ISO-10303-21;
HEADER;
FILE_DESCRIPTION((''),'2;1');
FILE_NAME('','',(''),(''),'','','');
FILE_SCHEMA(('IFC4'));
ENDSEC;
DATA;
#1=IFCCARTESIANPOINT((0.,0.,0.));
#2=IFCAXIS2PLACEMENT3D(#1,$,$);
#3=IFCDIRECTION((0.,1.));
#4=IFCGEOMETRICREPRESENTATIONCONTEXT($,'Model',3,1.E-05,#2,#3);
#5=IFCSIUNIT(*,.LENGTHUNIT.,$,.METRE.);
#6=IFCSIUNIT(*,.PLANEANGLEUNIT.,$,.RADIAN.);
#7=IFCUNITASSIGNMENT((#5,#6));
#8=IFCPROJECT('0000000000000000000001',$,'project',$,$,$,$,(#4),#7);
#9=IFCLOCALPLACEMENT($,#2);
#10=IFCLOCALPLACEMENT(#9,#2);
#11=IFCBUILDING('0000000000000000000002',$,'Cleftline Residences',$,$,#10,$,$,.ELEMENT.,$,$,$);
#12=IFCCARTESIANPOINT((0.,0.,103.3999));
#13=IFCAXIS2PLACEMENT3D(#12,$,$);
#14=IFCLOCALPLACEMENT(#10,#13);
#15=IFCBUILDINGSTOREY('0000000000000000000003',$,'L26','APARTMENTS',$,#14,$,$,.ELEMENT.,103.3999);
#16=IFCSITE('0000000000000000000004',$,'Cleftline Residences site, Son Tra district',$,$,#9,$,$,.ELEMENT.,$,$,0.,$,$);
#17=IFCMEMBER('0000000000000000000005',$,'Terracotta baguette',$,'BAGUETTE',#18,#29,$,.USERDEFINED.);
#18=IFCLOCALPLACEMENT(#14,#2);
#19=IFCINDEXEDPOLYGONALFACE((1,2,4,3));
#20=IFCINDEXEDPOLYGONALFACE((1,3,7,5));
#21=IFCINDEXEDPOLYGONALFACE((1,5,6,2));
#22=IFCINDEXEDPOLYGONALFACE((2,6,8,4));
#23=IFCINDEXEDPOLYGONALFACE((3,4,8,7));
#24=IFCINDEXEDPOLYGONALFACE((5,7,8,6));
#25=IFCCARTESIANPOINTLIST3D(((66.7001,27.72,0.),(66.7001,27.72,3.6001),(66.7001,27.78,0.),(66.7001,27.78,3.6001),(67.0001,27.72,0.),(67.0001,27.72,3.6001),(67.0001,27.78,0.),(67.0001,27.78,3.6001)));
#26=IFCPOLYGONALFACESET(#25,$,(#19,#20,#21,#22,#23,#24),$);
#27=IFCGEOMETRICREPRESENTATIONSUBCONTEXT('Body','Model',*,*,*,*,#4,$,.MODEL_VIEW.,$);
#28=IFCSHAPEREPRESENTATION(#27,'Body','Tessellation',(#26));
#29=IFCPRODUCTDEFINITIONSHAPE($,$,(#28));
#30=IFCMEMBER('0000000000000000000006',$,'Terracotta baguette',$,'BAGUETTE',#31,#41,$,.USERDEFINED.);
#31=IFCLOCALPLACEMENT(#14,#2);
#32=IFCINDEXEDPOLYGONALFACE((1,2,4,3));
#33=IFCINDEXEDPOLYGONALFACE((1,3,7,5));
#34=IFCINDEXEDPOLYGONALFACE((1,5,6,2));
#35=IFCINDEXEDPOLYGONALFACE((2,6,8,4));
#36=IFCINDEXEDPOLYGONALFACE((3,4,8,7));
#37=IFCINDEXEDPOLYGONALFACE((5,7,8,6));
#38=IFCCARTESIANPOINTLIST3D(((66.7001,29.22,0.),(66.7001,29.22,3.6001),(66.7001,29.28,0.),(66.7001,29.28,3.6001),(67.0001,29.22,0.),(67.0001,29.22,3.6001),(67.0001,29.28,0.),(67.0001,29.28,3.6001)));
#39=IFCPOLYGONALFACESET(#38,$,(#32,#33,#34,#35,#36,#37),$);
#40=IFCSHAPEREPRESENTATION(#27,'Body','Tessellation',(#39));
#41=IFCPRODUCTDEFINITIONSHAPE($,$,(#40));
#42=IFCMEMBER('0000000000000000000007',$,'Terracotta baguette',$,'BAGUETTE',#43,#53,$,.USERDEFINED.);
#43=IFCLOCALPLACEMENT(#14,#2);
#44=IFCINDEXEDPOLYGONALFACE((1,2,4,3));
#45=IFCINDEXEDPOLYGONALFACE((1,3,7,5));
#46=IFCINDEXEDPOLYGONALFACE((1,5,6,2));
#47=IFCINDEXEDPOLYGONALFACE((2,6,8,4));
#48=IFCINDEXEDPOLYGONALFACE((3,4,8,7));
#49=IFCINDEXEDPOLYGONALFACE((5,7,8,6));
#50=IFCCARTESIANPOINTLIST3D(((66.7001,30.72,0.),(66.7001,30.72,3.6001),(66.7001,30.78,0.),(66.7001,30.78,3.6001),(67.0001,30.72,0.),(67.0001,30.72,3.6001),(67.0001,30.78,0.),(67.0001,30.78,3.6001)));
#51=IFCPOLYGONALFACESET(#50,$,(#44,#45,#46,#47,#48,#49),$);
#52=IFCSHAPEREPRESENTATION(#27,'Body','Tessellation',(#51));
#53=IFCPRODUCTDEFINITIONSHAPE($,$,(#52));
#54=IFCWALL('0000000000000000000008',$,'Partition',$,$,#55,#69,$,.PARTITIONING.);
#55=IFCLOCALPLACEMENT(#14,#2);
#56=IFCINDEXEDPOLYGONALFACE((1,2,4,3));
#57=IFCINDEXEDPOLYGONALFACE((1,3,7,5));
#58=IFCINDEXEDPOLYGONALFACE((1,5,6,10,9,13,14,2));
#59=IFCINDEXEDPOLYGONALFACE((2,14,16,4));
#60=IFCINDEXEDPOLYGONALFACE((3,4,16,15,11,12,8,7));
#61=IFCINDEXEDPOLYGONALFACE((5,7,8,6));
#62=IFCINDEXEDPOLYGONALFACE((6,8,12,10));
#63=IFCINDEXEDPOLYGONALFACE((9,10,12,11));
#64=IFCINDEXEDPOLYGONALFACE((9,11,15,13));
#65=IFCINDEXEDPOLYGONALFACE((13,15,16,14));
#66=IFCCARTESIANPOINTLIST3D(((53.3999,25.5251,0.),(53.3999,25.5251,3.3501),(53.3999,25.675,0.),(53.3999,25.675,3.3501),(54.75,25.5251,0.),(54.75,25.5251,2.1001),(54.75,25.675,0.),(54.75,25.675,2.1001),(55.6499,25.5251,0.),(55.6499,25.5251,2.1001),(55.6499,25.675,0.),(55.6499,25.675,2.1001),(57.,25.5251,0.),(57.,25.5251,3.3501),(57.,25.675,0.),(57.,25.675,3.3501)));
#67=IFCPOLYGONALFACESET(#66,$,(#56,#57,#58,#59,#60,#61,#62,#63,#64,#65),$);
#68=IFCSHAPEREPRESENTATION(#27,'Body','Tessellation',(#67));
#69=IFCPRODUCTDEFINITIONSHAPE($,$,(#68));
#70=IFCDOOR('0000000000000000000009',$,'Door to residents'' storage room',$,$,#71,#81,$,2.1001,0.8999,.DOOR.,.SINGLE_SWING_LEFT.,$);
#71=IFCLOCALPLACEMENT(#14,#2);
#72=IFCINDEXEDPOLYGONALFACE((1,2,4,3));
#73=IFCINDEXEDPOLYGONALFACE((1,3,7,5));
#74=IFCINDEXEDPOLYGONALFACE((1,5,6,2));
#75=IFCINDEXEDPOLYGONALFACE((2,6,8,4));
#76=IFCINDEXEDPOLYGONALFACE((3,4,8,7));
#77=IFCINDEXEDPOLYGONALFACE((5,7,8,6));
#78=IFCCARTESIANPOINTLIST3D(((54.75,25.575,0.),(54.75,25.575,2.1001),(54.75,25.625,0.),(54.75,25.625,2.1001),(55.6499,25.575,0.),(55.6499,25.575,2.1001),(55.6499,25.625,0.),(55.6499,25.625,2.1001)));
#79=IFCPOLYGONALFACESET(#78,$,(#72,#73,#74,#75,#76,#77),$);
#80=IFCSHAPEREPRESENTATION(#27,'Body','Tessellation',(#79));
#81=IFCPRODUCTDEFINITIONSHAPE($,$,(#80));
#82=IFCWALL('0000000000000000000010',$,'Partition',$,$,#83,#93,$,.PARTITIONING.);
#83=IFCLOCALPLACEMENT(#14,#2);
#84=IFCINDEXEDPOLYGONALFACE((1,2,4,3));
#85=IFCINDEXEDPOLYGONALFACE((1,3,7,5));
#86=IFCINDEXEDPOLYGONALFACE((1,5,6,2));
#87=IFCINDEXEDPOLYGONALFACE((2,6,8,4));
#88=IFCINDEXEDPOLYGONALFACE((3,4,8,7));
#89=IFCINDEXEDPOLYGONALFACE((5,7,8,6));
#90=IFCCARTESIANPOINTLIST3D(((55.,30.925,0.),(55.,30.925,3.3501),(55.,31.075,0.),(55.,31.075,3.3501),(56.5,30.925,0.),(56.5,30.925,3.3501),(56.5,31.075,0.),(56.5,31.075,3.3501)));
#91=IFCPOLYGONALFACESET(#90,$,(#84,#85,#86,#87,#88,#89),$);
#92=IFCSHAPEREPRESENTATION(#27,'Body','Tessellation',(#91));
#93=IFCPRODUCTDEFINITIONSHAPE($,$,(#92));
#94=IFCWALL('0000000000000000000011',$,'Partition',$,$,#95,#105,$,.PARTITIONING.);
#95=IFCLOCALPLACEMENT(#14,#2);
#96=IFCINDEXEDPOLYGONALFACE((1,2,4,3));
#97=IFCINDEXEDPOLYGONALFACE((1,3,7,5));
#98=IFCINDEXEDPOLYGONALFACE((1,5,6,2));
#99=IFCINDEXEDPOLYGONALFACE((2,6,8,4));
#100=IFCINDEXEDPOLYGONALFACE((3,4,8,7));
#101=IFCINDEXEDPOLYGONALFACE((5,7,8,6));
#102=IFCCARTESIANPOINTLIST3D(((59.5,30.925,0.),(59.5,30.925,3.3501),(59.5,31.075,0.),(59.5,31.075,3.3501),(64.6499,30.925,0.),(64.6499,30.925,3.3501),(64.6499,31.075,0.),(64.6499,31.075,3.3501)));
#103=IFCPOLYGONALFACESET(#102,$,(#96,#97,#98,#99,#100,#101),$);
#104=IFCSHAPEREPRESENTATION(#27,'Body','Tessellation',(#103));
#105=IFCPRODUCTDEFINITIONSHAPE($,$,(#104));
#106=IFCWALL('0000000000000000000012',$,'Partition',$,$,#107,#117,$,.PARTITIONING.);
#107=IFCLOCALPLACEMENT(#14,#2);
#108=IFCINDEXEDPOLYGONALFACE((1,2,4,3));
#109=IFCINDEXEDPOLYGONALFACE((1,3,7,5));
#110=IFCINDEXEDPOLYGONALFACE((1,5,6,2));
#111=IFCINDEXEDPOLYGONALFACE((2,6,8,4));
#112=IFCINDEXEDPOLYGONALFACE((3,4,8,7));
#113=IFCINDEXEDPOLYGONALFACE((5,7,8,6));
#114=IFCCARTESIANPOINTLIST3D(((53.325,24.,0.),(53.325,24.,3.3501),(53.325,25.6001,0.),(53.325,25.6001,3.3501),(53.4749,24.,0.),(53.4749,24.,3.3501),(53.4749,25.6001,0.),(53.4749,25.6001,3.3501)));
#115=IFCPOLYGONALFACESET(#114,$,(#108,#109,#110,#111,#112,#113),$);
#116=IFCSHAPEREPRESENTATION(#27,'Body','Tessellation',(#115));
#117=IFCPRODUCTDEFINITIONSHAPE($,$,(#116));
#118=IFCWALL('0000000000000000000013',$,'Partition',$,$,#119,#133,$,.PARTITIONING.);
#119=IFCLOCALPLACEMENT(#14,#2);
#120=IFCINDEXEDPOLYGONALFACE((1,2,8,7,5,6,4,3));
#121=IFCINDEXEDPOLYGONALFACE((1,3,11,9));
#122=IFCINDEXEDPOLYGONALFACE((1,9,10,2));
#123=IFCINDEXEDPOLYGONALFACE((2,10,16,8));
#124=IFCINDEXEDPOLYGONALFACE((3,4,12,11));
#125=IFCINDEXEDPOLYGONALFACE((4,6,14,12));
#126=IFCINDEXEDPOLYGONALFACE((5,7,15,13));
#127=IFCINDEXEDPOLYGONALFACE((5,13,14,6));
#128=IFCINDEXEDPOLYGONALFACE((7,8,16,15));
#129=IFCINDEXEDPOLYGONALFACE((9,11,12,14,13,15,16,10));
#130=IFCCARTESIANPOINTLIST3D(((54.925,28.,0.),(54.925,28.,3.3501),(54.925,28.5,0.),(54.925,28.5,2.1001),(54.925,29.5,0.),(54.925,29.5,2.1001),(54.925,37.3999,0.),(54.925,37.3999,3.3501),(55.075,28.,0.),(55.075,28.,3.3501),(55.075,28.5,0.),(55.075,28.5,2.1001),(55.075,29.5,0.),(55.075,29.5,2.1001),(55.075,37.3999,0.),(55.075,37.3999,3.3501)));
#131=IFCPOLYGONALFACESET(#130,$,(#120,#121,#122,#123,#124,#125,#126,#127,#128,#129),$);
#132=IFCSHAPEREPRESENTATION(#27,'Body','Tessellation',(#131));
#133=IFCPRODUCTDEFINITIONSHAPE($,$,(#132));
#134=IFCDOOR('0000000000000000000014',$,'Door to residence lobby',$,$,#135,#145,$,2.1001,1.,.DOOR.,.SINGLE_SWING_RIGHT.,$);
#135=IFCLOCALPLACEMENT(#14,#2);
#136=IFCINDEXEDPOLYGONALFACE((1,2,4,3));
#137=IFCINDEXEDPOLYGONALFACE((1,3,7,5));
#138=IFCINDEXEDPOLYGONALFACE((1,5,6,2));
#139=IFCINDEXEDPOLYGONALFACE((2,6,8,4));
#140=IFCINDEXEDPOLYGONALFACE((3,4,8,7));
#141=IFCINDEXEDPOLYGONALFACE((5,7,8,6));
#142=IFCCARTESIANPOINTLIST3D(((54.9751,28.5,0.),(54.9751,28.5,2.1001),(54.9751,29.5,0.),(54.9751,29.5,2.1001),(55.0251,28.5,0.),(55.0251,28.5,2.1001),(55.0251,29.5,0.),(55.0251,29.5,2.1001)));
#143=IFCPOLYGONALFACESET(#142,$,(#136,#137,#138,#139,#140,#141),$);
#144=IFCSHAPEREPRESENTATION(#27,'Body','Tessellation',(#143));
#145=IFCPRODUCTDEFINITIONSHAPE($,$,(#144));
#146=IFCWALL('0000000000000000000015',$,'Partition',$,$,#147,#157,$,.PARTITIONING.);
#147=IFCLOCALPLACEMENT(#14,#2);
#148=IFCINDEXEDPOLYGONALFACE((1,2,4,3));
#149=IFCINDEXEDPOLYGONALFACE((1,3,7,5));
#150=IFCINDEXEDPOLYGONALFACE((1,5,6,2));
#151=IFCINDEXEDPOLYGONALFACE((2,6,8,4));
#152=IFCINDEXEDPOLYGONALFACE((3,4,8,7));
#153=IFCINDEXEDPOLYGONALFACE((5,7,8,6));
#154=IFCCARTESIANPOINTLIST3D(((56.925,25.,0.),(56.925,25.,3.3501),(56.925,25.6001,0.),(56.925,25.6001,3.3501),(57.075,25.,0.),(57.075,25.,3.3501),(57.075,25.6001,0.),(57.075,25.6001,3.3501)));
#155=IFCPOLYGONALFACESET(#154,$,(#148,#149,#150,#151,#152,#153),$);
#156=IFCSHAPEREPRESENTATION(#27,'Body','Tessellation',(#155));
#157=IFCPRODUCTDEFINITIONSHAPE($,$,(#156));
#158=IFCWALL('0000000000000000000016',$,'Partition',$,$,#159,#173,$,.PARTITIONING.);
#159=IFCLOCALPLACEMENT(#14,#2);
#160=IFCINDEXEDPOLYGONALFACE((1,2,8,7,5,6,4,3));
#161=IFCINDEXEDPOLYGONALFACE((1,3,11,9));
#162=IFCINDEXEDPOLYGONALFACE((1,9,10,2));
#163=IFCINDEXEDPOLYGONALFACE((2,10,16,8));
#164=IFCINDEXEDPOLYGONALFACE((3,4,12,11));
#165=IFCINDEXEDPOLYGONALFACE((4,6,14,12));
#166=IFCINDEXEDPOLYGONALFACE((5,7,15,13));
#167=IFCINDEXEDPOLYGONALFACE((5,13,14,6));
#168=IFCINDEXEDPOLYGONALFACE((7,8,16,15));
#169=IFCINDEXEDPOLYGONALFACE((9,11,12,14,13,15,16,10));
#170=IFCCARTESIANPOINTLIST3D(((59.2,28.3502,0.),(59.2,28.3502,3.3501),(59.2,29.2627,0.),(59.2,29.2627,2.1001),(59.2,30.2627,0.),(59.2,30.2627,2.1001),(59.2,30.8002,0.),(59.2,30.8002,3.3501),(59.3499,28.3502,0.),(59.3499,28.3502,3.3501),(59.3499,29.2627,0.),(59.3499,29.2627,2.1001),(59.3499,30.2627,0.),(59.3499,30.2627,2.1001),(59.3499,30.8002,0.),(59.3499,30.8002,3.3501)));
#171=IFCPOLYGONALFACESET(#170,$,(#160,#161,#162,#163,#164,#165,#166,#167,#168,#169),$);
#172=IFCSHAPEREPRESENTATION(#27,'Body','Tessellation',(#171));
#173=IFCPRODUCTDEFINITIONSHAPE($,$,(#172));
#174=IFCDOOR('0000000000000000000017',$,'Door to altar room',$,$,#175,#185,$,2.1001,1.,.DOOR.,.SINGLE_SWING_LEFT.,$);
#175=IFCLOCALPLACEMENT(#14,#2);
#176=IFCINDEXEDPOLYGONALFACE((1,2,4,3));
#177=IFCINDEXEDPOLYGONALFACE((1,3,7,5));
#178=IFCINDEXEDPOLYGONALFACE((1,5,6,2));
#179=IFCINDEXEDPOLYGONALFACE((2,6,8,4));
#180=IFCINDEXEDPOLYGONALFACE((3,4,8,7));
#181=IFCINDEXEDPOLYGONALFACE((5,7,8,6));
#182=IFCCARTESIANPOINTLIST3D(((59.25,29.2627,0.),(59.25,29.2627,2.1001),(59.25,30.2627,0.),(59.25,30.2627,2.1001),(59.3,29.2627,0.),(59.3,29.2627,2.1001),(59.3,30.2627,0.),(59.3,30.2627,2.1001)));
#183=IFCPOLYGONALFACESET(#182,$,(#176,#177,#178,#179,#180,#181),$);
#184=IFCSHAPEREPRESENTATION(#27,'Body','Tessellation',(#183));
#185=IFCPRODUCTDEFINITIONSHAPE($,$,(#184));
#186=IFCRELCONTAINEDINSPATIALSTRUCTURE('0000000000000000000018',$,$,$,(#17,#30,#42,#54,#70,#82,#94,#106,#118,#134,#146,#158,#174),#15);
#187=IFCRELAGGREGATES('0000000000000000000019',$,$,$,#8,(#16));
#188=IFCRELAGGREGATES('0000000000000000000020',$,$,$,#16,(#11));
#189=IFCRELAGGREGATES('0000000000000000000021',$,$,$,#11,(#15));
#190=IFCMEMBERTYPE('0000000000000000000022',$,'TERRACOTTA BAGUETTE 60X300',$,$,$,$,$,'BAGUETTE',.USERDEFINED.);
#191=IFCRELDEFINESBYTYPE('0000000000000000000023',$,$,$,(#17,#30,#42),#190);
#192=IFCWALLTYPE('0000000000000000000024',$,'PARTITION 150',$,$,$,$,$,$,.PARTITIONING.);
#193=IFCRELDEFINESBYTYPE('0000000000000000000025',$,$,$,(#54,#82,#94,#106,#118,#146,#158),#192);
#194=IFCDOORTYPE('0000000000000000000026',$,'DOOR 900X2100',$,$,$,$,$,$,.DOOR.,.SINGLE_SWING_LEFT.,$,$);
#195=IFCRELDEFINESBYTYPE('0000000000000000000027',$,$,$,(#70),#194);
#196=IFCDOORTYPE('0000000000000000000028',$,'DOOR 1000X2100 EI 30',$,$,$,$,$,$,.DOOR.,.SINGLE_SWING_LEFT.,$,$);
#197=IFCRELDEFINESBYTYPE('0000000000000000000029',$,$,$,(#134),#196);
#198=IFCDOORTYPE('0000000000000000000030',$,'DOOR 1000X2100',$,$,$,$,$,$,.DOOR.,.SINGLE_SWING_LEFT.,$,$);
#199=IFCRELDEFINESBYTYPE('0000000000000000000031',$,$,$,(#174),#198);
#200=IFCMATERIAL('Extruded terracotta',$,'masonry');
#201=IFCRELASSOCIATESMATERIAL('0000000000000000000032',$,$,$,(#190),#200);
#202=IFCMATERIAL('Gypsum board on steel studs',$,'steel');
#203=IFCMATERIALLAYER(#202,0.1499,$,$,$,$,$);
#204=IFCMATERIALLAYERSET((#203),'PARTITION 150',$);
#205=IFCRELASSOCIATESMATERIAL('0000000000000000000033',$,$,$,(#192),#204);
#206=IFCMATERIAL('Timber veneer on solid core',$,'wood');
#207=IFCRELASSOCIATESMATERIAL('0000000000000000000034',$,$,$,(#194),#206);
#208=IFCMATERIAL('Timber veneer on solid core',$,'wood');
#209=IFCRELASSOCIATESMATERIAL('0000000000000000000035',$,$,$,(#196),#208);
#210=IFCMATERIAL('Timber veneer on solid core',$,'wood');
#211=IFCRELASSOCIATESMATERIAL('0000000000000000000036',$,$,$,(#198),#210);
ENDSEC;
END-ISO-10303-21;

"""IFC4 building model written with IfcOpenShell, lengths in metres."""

from ifc_helpers import new_model, si_unit, direction, frame, frame_2d, origin, origin_2d, place, context, subcontext, project, spatial, rectangle, extrude, material, layer, layer_set, material_profile, profile_set, type_object, element, fill, save


model = new_model("IFC4")

# Units and contexts
model_context = context("Model", 3, precision=1e-05, world=origin(), true_north=direction((0.0, 1.0)))
body_context = subcontext(model_context, "Body", "Model", "MODEL_VIEW")
ifc_project = project(units=[si_unit("LENGTHUNIT", "METRE"), si_unit("PLANEANGLEUNIT", "RADIAN")], contexts=[model_context])

# Site, building, storey
site_placement = place(None, origin())
site = spatial("IfcSite", under=ifc_project, at=site_placement, Name="Cleftline Residences site, Son Tra district", CompositionType="ELEMENT", RefElevation=0.0)
building_placement = place(site_placement, origin())
building = spatial("IfcBuilding", under=site, at=building_placement, Name="Cleftline Residences", CompositionType="ELEMENT")
storey_placement = place(building_placement, frame((0.0, 0.0, 103.3999)))
storey = spatial("IfcBuildingStorey", under=building, at=storey_placement, Name="L26", Description="APARTMENTS", CompositionType="ELEMENT", Elevation=103.3999)

# Members
ifc_material_1 = material(Name="Extruded terracotta", Category="masonry")
ifc_material_profile_1 = material_profile(ifc_material_1, rectangle(XDim=0.0601, YDim=0.3, at=origin_2d()))
ifc_profile_set_1 = profile_set([ifc_material_profile_1], Name="Extruded terracotta")
member_type_1 = type_object("IfcMemberType", Name="TERRACOTTA BAGUETTE 60X300", ElementType="BAGUETTE", PredefinedType="USERDEFINED", material=ifc_profile_set_1)
for number, where, z_axis, x_axis, name in (
    (1, (66.8501, 27.75, 0.0), (0.0, 0.0, 1.0), (0.0, 1.0, 0.0), "Terracotta baguette"),
    (2, (66.8501, 29.25, 0.0), (0.0, 0.0, 1.0), (0.0, 1.0, 0.0), "Terracotta baguette"),
    (3, (66.8501, 30.75, 0.0), (0.0, 0.0, 1.0), (0.0, 1.0, 0.0), "Terracotta baguette"),
):
    element("IfcMember", number, at=place(storey_placement, frame(where, z_axis=z_axis, x_axis=x_axis)), inside=storey, type_object=member_type_1, Name=name, ObjectType="BAGUETTE", PredefinedType="USERDEFINED", context=body_context, shape_type="SweptSolid", body=[
        extrude(rectangle(XDim=0.0601, YDim=0.3, at=origin_2d()), origin(), (0.0, 0.0, 1.0), 3.6001),
    ])

# Wall, opening, door
ifc_material_2 = material(Name="Gypsum board on steel studs", Category="steel")
ifc_layer_1 = layer(ifc_material_2, 0.1499)
ifc_layer_set_1 = layer_set([ifc_layer_1], Name="PARTITION 150")
wall_type_1 = type_object("IfcWallType", Name="PARTITION 150", PredefinedType="PARTITIONING", material=ifc_layer_set_1)
wall_1_placement = place(storey_placement, frame((53.3999, 25.6001, 0.0), z_axis=(0.0, 0.0, 1.0), x_axis=(1.0, 0.0, 0.0)))
wall_1 = element("IfcWall", 4, at=wall_1_placement, inside=storey, type_object=wall_type_1, Name="Partition", PredefinedType="PARTITIONING", context=body_context, shape_type="SweptSolid", body=[
    extrude(rectangle(XDim=3.6001, YDim=0.1499, at=frame_2d((1.8, 0.0))), origin(), (0.0, 0.0, 1.0), 3.3501),
])
opening_1_placement = place(wall_1_placement, frame((1.3501, 0.0, 0.0)))
opening_1 = element("IfcOpeningElement", 5, at=opening_1_placement, cuts=wall_1, PredefinedType="OPENING", context=body_context, shape_type="SweptSolid", body=[
    extrude(rectangle(XDim=0.8999, YDim=2.1001, at=frame_2d((0.45, 1.05))), frame((0.0, 0.085, 0.0), z_axis=(0.0, -1.0, 0.0), x_axis=(1.0, 0.0, 0.0)), (0.0, 0.0, 1.0), 0.1699),
])
ifc_material_3 = material(Name="Timber veneer on solid core", Category="wood")
door_type_1 = type_object("IfcDoorType", Name="DOOR 900X2100", OperationType="SINGLE_SWING_LEFT", PredefinedType="DOOR", material=ifc_material_3)
door_1_placement = place(opening_1_placement, origin())
door_1 = element("IfcDoor", 6, at=door_1_placement, inside=storey, type_object=door_type_1, Name="Door to residents' storage room", OperationType="SINGLE_SWING_LEFT", OverallHeight=2.1001, OverallWidth=0.8999, PredefinedType="DOOR", context=body_context, shape_type="SweptSolid", body=[
    extrude(rectangle(XDim=0.8999, YDim=2.1001, at=frame_2d((0.45, 1.05))), frame((0.0, 0.0249, 0.0), z_axis=(0.0, -1.0, 0.0), x_axis=(1.0, 0.0, 0.0)), (0.0, 0.0, 1.0), 0.05),
])
fill(opening_1, door_1)

# Walls
wall_2_placement = place(storey_placement, frame((55.0, 31.0, 0.0), z_axis=(0.0, 0.0, 1.0), x_axis=(1.0, 0.0, 0.0)))
element("IfcWall", 7, at=wall_2_placement, inside=storey, type_object=wall_type_1, Name="Partition", PredefinedType="PARTITIONING", context=body_context, shape_type="SweptSolid", body=[
    extrude(rectangle(XDim=1.5, YDim=0.1499, at=frame_2d((0.75, 0.0))), origin(), (0.0, 0.0, 1.0), 3.3501),
])
wall_3_placement = place(storey_placement, frame((59.5, 31.0, 0.0), z_axis=(0.0, 0.0, 1.0), x_axis=(1.0, 0.0, 0.0)))
element("IfcWall", 8, at=wall_3_placement, inside=storey, type_object=wall_type_1, Name="Partition", PredefinedType="PARTITIONING", context=body_context, shape_type="SweptSolid", body=[
    extrude(rectangle(XDim=5.1499, YDim=0.1499, at=frame_2d((2.575, 0.0))), origin(), (0.0, 0.0, 1.0), 3.3501),
])
wall_4_placement = place(storey_placement, frame((53.3999, 24.0, 0.0), z_axis=(0.0, 0.0, 1.0), x_axis=(0.0, 1.0, 0.0)))
element("IfcWall", 9, at=wall_4_placement, inside=storey, type_object=wall_type_1, Name="Partition", PredefinedType="PARTITIONING", context=body_context, shape_type="SweptSolid", body=[
    extrude(rectangle(XDim=1.6001, YDim=0.1499, at=frame_2d((0.8, 0.0))), origin(), (0.0, 0.0, 1.0), 3.3501),
])

# Wall, opening, door
wall_5_placement = place(storey_placement, frame((55.0, 28.0, 0.0), z_axis=(0.0, 0.0, 1.0), x_axis=(0.0, 1.0, 0.0)))
wall_5 = element("IfcWall", 10, at=wall_5_placement, inside=storey, type_object=wall_type_1, Name="Partition", PredefinedType="PARTITIONING", context=body_context, shape_type="SweptSolid", body=[
    extrude(rectangle(XDim=9.3999, YDim=0.1499, at=frame_2d((4.7, 0.0))), origin(), (0.0, 0.0, 1.0), 3.3501),
])
opening_2_placement = place(wall_5_placement, frame((0.5, 0.0, 0.0)))
opening_2 = element("IfcOpeningElement", 11, at=opening_2_placement, cuts=wall_5, PredefinedType="OPENING", context=body_context, shape_type="SweptSolid", body=[
    extrude(rectangle(XDim=1.0, YDim=2.1001, at=frame_2d((0.5, 1.05))), frame((0.0, 0.085, 0.0), z_axis=(0.0, -1.0, 0.0), x_axis=(1.0, 0.0, 0.0)), (0.0, 0.0, 1.0), 0.1699),
])
ifc_material_4 = material(Name="Timber veneer on solid core", Category="wood")
door_type_2 = type_object("IfcDoorType", Name="DOOR 1000X2100 EI 30", OperationType="SINGLE_SWING_LEFT", PredefinedType="DOOR", material=ifc_material_4)
door_2_placement = place(opening_2_placement, origin())
door_2 = element("IfcDoor", 12, at=door_2_placement, inside=storey, type_object=door_type_2, Name="Door to residence lobby", OperationType="SINGLE_SWING_RIGHT", OverallHeight=2.1001, OverallWidth=1.0, PredefinedType="DOOR", context=body_context, shape_type="SweptSolid", body=[
    extrude(rectangle(XDim=1.0, YDim=2.1001, at=frame_2d((0.5, 1.05))), frame((0.0, 0.0249, 0.0), z_axis=(0.0, -1.0, 0.0), x_axis=(1.0, 0.0, 0.0)), (0.0, 0.0, 1.0), 0.05),
])
fill(opening_2, door_2)

# Wall
wall_6_placement = place(storey_placement, frame((57.0, 25.0, 0.0), z_axis=(0.0, 0.0, 1.0), x_axis=(0.0, 1.0, 0.0)))
element("IfcWall", 13, at=wall_6_placement, inside=storey, type_object=wall_type_1, Name="Partition", PredefinedType="PARTITIONING", context=body_context, shape_type="SweptSolid", body=[
    extrude(rectangle(XDim=0.6001, YDim=0.1499, at=frame_2d((0.3, 0.0))), origin(), (0.0, 0.0, 1.0), 3.3501),
])

# Wall, opening, door
wall_7_placement = place(storey_placement, frame((59.2749, 28.3501, 0.0), z_axis=(0.0, 0.0, 1.0), x_axis=(0.0, 1.0, 0.0)))
wall_7 = element("IfcWall", 14, at=wall_7_placement, inside=storey, type_object=wall_type_1, Name="Partition", PredefinedType="PARTITIONING", context=body_context, shape_type="SweptSolid", body=[
    extrude(rectangle(XDim=2.45, YDim=0.1499, at=frame_2d((1.2251, 0.0))), origin(), (0.0, 0.0, 1.0), 3.3501),
])
opening_3_placement = place(wall_7_placement, frame((0.9126, 0.0, 0.0)))
opening_3 = element("IfcOpeningElement", 15, at=opening_3_placement, cuts=wall_7, PredefinedType="OPENING", context=body_context, shape_type="SweptSolid", body=[
    extrude(rectangle(XDim=1.0, YDim=2.1001, at=frame_2d((0.5, 1.05))), frame((0.0, 0.085, 0.0), z_axis=(0.0, -1.0, 0.0), x_axis=(1.0, 0.0, 0.0)), (0.0, 0.0, 1.0), 0.1699),
])
ifc_material_5 = material(Name="Timber veneer on solid core", Category="wood")
door_type_3 = type_object("IfcDoorType", Name="DOOR 1000X2100", OperationType="SINGLE_SWING_LEFT", PredefinedType="DOOR", material=ifc_material_5)
door_3_placement = place(opening_3_placement, origin())
door_3 = element("IfcDoor", 16, at=door_3_placement, inside=storey, type_object=door_type_3, Name="Door to altar room", OperationType="SINGLE_SWING_LEFT", OverallHeight=2.1001, OverallWidth=1.0, PredefinedType="DOOR", context=body_context, shape_type="SweptSolid", body=[
    extrude(rectangle(XDim=1.0, YDim=2.1001, at=frame_2d((0.5, 1.05))), frame((0.0, 0.0249, 0.0), z_axis=(0.0, -1.0, 0.0), x_axis=(1.0, 0.0, 0.0)), (0.0, 0.0, 1.0), 0.05),
])
fill(opening_3, door_3)

save(model, "model.ifc")
